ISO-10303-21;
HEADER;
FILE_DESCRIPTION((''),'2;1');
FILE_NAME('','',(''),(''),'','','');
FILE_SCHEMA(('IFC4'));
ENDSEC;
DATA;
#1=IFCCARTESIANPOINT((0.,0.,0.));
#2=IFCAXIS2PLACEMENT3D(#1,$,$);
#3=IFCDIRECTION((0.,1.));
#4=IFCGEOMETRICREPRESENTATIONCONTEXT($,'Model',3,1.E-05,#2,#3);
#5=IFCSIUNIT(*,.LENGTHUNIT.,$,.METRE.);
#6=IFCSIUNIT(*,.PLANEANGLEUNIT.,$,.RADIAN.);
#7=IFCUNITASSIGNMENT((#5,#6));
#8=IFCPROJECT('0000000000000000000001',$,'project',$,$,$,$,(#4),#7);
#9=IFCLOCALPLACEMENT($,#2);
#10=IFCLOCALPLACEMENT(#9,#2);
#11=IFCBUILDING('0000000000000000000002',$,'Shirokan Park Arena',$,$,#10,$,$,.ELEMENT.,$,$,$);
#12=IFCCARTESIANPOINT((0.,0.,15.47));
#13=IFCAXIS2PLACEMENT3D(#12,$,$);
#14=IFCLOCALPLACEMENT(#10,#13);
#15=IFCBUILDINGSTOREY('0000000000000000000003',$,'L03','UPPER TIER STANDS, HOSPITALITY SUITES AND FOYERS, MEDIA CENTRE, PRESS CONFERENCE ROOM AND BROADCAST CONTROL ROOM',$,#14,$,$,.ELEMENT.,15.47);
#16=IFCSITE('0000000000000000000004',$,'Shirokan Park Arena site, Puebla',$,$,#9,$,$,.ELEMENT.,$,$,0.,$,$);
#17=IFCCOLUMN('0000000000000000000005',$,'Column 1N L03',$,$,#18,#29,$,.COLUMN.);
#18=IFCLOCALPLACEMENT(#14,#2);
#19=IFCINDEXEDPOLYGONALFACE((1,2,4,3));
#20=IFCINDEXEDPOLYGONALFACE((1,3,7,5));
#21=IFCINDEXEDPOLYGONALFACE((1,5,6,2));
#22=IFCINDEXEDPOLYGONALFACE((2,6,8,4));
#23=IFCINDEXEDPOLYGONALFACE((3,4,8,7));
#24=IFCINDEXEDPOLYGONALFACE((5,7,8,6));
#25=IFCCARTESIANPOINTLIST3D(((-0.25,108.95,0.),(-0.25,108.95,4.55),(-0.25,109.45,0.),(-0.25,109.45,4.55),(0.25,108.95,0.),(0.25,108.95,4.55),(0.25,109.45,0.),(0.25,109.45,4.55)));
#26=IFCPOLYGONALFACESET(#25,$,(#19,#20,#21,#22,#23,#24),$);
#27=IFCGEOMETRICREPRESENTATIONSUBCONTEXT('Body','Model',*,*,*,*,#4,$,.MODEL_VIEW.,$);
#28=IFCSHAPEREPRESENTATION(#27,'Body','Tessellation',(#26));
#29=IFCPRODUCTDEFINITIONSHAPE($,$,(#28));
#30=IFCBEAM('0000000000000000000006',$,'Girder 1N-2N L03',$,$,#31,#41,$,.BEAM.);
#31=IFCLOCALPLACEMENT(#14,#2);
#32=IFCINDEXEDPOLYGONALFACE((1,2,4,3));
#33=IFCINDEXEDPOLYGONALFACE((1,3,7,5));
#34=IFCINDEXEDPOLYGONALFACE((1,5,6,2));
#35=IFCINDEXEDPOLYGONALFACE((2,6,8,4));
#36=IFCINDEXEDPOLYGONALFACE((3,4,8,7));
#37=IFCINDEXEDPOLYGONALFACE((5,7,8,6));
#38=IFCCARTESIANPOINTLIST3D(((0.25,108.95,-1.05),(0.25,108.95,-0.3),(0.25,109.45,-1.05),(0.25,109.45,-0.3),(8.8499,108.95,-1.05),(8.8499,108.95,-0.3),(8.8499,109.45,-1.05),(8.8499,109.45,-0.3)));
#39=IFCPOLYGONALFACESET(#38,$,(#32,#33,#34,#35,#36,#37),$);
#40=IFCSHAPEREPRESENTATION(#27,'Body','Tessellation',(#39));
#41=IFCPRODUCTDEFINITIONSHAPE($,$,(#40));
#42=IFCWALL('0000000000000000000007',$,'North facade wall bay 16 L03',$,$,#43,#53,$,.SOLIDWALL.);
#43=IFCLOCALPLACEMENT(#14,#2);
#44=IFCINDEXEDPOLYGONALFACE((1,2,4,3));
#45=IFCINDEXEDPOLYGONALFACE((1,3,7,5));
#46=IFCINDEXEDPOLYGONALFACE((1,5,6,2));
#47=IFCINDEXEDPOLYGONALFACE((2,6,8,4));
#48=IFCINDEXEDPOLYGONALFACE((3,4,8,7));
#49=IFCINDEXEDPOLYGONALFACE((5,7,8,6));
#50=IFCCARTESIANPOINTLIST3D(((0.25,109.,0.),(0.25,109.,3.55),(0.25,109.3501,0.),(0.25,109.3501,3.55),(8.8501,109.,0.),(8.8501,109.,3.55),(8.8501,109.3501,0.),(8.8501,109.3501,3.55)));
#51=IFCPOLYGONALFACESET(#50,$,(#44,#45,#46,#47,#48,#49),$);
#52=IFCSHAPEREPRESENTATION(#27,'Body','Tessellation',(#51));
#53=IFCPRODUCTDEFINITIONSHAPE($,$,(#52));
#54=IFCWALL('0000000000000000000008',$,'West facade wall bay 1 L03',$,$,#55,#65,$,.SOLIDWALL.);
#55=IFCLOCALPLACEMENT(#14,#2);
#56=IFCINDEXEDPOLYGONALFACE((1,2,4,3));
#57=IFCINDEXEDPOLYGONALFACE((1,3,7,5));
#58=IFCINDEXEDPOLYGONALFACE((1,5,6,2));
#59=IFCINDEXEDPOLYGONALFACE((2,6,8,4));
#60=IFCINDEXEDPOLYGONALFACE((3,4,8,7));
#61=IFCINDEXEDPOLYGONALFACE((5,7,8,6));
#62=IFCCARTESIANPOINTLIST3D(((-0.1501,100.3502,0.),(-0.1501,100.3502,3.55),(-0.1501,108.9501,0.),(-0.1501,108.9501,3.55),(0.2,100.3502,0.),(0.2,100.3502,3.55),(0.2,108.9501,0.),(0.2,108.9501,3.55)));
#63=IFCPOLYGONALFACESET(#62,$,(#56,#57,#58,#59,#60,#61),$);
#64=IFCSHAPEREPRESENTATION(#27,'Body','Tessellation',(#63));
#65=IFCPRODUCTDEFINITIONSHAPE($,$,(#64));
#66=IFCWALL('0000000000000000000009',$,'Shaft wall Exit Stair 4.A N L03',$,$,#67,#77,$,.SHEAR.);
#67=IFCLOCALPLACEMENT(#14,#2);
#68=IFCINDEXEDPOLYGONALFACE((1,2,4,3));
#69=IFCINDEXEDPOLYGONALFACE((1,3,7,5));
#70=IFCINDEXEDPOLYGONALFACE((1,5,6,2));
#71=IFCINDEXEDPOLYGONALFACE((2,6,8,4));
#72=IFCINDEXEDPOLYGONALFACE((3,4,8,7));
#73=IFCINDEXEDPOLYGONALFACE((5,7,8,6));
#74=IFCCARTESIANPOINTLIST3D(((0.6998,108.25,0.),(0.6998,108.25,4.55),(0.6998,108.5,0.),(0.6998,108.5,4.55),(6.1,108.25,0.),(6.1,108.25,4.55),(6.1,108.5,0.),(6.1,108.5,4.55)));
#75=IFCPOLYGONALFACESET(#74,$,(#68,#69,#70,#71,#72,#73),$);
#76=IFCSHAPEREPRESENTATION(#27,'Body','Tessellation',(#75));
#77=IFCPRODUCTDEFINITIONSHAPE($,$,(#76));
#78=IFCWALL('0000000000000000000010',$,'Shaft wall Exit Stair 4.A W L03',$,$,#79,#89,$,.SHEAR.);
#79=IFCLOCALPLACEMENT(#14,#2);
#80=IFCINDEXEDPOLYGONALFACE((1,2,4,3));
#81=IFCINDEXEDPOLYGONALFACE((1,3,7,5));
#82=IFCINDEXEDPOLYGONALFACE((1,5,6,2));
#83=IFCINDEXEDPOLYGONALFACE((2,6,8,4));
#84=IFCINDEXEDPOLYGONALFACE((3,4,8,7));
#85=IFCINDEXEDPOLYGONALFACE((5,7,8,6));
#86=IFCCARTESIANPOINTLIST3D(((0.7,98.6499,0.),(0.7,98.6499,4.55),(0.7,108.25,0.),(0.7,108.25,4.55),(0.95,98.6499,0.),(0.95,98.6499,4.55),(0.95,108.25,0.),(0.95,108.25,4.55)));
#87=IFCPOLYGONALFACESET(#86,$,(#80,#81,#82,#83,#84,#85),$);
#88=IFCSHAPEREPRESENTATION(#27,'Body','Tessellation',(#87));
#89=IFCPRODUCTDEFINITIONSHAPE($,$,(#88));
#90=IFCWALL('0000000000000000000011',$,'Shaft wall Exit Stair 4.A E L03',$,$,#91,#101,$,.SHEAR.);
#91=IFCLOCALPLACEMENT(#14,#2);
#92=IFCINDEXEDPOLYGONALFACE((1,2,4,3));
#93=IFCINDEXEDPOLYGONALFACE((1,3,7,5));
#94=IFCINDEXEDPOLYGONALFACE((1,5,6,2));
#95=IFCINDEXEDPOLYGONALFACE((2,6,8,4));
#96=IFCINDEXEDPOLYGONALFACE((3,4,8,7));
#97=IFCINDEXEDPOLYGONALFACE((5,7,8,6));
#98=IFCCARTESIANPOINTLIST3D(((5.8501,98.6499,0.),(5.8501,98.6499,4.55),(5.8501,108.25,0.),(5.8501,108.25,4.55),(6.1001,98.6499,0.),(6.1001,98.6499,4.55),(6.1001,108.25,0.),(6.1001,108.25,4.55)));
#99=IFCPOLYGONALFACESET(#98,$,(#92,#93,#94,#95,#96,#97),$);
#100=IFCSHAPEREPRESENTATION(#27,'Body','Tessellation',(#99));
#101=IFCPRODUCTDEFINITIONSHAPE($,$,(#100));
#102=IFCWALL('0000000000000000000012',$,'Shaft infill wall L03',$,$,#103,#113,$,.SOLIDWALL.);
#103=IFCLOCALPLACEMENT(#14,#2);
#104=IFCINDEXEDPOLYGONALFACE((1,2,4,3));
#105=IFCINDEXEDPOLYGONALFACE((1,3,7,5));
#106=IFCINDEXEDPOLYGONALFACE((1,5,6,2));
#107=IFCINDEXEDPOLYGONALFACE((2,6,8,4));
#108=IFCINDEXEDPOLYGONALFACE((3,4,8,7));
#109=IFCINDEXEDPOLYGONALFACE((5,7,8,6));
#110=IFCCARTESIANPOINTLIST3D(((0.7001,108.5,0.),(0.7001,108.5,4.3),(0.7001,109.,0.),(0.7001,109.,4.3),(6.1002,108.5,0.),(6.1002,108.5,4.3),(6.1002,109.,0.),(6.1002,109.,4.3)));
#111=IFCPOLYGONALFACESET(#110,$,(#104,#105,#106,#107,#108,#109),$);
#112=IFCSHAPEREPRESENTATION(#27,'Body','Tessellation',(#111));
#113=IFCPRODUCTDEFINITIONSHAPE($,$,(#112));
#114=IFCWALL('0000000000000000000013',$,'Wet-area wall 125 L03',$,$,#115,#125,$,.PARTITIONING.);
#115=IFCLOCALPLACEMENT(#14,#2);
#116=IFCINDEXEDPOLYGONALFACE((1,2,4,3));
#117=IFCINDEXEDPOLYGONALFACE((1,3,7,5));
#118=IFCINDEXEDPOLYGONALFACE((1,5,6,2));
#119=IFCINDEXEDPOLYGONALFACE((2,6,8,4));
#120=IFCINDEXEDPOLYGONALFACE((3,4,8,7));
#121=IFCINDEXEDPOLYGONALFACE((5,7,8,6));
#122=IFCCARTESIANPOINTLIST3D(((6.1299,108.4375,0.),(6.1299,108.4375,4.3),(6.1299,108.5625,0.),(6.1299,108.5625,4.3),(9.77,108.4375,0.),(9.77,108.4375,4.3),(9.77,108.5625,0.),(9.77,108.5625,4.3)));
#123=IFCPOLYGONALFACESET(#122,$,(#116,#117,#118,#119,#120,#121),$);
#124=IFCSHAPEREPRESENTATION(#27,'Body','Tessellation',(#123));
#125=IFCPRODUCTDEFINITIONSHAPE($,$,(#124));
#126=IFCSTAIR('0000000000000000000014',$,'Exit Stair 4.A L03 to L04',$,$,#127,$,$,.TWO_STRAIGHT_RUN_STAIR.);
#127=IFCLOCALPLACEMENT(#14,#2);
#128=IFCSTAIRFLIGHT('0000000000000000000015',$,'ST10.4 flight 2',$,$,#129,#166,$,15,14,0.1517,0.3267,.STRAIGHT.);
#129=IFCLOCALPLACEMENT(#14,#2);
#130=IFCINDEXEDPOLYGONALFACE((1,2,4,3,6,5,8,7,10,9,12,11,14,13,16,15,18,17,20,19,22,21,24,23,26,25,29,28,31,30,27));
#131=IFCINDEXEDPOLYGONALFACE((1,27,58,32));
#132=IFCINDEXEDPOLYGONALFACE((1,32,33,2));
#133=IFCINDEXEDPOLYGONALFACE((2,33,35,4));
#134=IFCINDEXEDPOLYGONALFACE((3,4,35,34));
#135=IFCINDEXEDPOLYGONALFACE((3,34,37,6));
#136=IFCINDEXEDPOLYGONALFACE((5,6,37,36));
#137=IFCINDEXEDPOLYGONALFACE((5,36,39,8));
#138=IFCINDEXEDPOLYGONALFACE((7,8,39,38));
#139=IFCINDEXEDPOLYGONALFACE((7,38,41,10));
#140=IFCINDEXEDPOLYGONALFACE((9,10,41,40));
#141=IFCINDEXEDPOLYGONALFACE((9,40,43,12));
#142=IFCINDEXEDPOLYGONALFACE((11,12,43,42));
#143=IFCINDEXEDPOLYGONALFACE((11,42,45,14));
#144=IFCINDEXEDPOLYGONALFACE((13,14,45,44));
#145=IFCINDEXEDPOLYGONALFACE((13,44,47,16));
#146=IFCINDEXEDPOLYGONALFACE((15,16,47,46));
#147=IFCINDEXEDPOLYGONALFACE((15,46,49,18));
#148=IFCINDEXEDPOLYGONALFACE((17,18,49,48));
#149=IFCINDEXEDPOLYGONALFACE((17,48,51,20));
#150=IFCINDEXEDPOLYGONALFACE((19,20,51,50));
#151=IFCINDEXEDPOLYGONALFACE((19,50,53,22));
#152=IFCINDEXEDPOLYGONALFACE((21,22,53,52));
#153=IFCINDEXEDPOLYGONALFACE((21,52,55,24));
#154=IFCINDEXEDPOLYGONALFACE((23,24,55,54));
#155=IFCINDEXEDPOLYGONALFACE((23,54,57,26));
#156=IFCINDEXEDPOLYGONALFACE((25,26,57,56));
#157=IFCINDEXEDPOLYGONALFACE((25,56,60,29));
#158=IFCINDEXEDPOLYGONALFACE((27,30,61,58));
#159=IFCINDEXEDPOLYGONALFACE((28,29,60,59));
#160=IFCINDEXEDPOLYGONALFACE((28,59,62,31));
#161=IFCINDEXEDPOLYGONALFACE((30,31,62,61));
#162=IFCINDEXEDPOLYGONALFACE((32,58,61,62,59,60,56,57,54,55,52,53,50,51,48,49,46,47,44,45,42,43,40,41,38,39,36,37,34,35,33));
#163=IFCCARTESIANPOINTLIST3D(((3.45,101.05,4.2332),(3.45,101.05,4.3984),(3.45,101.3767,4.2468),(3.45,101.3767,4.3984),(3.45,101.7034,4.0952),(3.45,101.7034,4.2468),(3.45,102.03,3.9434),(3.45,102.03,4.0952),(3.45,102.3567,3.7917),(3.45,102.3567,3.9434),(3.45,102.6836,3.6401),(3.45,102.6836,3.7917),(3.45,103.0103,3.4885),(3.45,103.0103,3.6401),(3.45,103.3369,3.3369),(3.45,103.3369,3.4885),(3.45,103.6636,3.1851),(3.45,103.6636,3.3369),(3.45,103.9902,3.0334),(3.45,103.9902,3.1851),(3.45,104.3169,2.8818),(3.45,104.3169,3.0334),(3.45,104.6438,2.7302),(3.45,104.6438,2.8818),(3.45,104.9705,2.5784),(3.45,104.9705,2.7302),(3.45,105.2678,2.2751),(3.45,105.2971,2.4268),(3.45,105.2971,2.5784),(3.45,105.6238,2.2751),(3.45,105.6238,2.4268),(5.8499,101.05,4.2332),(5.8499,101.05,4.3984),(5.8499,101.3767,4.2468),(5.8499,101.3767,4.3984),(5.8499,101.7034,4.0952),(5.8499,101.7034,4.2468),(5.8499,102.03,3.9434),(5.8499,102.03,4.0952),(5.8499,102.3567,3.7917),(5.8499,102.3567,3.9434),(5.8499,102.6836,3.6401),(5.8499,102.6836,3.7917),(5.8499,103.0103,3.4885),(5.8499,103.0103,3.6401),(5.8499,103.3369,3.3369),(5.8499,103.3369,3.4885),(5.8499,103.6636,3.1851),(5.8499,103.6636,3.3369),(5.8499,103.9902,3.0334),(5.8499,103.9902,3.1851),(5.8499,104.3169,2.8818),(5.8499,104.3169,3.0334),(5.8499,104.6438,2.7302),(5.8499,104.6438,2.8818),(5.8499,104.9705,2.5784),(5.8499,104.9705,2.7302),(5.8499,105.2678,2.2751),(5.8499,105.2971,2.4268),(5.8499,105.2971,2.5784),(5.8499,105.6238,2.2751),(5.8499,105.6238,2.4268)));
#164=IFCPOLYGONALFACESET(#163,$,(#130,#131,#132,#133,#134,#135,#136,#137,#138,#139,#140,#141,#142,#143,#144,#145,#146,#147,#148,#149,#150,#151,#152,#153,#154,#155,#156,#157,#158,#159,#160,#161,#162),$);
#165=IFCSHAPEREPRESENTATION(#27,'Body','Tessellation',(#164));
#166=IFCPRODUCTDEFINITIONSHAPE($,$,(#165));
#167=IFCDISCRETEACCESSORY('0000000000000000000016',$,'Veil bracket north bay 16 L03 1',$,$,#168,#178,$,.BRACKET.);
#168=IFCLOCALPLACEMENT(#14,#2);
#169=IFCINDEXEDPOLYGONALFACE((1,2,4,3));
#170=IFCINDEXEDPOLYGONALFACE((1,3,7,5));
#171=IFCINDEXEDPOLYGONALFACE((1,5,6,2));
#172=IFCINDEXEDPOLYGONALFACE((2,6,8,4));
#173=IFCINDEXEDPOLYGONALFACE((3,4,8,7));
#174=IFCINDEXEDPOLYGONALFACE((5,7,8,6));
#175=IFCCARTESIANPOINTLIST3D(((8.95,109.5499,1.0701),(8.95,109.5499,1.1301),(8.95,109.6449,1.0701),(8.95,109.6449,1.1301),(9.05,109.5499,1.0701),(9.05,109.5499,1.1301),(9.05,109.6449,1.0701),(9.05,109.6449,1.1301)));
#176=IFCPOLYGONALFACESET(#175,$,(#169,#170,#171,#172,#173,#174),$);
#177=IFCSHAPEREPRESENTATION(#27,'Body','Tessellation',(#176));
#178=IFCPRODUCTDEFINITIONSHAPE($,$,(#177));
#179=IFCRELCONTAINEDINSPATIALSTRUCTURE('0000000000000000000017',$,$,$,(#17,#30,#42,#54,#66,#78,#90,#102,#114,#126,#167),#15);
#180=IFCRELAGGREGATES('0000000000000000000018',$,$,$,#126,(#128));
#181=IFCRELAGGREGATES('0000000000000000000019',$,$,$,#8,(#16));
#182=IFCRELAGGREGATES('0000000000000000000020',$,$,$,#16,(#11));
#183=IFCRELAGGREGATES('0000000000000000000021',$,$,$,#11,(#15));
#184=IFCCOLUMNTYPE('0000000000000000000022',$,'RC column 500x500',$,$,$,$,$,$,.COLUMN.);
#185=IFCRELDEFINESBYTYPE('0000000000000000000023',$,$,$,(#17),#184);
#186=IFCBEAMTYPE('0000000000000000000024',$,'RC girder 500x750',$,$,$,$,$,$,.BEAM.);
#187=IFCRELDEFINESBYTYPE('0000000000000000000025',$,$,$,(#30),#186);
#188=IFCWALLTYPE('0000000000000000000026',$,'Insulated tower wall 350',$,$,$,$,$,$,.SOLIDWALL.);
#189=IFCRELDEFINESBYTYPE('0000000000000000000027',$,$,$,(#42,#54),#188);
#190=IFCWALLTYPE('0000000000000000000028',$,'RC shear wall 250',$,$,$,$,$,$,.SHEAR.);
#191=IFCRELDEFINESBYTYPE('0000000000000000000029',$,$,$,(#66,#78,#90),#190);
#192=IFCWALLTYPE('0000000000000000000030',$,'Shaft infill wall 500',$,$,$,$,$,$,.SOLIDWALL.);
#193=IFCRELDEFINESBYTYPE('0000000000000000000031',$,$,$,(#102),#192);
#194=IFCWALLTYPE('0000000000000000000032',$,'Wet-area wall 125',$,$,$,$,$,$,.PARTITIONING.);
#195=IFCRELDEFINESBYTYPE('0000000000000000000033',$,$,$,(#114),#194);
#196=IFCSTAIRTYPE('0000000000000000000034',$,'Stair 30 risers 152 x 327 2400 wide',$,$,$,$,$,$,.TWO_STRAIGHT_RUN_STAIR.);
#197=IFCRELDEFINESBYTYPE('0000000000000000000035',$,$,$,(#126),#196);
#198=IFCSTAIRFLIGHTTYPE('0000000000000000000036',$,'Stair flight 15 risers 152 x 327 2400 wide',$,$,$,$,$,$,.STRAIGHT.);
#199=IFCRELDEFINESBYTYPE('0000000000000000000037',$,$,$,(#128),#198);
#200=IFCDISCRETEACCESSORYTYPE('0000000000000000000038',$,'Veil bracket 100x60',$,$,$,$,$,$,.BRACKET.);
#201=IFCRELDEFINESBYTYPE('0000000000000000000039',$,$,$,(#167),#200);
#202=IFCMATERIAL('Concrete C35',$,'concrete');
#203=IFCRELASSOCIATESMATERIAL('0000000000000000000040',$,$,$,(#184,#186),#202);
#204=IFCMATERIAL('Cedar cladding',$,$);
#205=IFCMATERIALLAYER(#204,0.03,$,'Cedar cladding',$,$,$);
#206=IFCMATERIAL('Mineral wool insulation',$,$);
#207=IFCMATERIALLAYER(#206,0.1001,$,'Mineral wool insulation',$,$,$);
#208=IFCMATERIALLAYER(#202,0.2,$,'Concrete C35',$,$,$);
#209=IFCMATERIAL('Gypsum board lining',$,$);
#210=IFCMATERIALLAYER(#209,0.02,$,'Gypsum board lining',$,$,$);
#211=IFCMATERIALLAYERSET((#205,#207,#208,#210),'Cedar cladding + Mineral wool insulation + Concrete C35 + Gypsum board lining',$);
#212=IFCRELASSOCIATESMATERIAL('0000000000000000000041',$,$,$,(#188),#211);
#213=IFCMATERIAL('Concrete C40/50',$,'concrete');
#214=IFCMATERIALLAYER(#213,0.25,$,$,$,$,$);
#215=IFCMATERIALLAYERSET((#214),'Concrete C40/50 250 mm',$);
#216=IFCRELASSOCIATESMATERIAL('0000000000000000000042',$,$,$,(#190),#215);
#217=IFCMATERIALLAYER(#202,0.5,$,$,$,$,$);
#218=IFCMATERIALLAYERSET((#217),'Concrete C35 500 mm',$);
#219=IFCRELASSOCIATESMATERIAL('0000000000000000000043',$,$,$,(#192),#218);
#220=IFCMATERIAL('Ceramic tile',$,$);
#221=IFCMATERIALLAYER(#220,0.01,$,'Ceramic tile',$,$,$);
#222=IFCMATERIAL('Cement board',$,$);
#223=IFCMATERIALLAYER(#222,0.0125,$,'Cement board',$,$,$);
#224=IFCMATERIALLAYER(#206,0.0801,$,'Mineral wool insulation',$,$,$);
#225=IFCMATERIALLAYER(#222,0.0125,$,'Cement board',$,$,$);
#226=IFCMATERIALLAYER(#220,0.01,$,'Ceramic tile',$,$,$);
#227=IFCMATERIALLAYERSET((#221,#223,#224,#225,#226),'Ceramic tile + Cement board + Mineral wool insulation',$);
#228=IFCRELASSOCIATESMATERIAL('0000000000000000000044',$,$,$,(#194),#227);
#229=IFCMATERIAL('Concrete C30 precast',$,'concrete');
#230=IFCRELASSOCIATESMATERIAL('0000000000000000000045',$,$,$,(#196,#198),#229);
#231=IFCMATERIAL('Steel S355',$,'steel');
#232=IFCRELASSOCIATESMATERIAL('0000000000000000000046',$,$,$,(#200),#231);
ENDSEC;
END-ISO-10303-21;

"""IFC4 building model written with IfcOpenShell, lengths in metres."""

from ifc_helpers import new_model, si_unit, direction, frame, frame_2d, origin, origin_2d, place, context, subcontext, project, spatial, polyline, rectangle, outline, extrude, material, layer, layer_set, material_profile, profile_set, type_object, element, aggregate, save


model = new_model("IFC4")

# Units and contexts
model_context = context("Model", 3, precision=1e-05, world=origin(), true_north=direction((0.0, 1.0)))
body_context = subcontext(model_context, "Body", "Model", "MODEL_VIEW")
ifc_project = project(units=[si_unit("LENGTHUNIT", "METRE"), si_unit("PLANEANGLEUNIT", "RADIAN")], contexts=[model_context])

# Site, building, storey
site_placement = place(None, origin())
site = spatial("IfcSite", under=ifc_project, at=site_placement, Name="Shirokan Park Arena site, Puebla", CompositionType="ELEMENT", RefElevation=0.0)
building_placement = place(site_placement, origin())
building = spatial("IfcBuilding", under=site, at=building_placement, Name="Shirokan Park Arena", CompositionType="ELEMENT")
storey_placement = place(building_placement, frame((0.0, 0.0, 15.47)))
storey = spatial("IfcBuildingStorey", under=building, at=storey_placement, Name="L03", Description="UPPER TIER STANDS, HOSPITALITY SUITES AND FOYERS, MEDIA CENTRE, PRESS CONFERENCE ROOM AND BROADCAST CONTROL ROOM", CompositionType="ELEMENT", Elevation=15.47)

# Column
ifc_material_1 = material(Name="Concrete C35", Category="concrete")
ifc_material_profile_1 = material_profile(ifc_material_1, rectangle(XDim=0.5, YDim=0.5, at=origin_2d()), Name="500x500")
ifc_profile_set_1 = profile_set([ifc_material_profile_1], Name="Concrete C35")
column_type = type_object("IfcColumnType", Name="RC column 500x500", PredefinedType="COLUMN", material=ifc_profile_set_1)
column_placement = place(storey_placement, frame((0.0, 109.2, 0.0), z_axis=(0.0, 0.0, 1.0), x_axis=(1.0, 0.0, 0.0)))
element("IfcColumn", 1, at=column_placement, inside=storey, type_object=column_type, Name="Column 1N L03", PredefinedType="COLUMN", context=body_context, shape_type="SweptSolid", body=[
    extrude(rectangle(XDim=0.5, YDim=0.5, at=origin_2d()), origin(), (0.0, 0.0, 1.0), 4.55),
])

# Beam
ifc_material_profile_2 = material_profile(ifc_material_1, rectangle(XDim=0.5, YDim=0.75, at=origin_2d()), Name="500x750")
ifc_profile_set_2 = profile_set([ifc_material_profile_2], Name="Concrete C35")
beam_type = type_object("IfcBeamType", Name="RC girder 500x750", PredefinedType="BEAM", material=ifc_profile_set_2)
beam_placement = place(storey_placement, frame((0.25, 109.2, -0.675), z_axis=(1.0, 0.0, 0.0), x_axis=(0.0, 1.0, 0.0)))
element("IfcBeam", 2, at=beam_placement, inside=storey, type_object=beam_type, Name="Girder 1N-2N L03", PredefinedType="BEAM", context=body_context, shape_type="SweptSolid", body=[
    extrude(rectangle(XDim=0.5, YDim=0.75, at=origin_2d()), origin(), (0.0, 0.0, 1.0), 8.5999),
])

# Walls
ifc_material_2 = material(Name="Cedar cladding")
ifc_layer_1 = layer(ifc_material_2, 0.03, Name="Cedar cladding")
ifc_material_3 = material(Name="Mineral wool insulation")
ifc_layer_2 = layer(ifc_material_3, 0.1001, Name="Mineral wool insulation")
ifc_layer_3 = layer(ifc_material_1, 0.2, Name="Concrete C35")
ifc_material_4 = material(Name="Gypsum board lining")
ifc_layer_4 = layer(ifc_material_4, 0.02, Name="Gypsum board lining")
ifc_layer_set_1 = layer_set([ifc_layer_1, ifc_layer_2, ifc_layer_3, ifc_layer_4], Name="Cedar cladding + Mineral wool insulation + Concrete C35 + Gypsum board lining")
wall_type_1 = type_object("IfcWallType", Name="Insulated tower wall 350", PredefinedType="SOLIDWALL", material=ifc_layer_set_1)
wall_1_placement = place(storey_placement, frame((8.8501, 109.175, 0.0), z_axis=(0.0, 0.0, 1.0), x_axis=(-1.0, 0.0, 0.0)))
element("IfcWall", 3, at=wall_1_placement, inside=storey, type_object=wall_type_1, Name="North facade wall bay 16 L03", PredefinedType="SOLIDWALL", context=body_context, shape_type="SweptSolid", body=[
    extrude(rectangle(XDim=8.6001, YDim=0.3501, at=frame_2d((4.3, 0.0))), origin(), (0.0, 0.0, 1.0), 3.55),
])
wall_2_placement = place(storey_placement, frame((0.0249, 108.95, 0.0), z_axis=(0.0, 0.0, 1.0), x_axis=(0.0, -1.0, 0.0)))
element("IfcWall", 4, at=wall_2_placement, inside=storey, type_object=wall_type_1, Name="West facade wall bay 1 L03", PredefinedType="SOLIDWALL", context=body_context, shape_type="SweptSolid", body=[
    extrude(rectangle(XDim=8.5999, YDim=0.3501, at=frame_2d((4.2998, 0.0))), origin(), (0.0, 0.0, 1.0), 3.55),
])
ifc_material_5 = material(Name="Concrete C40/50", Category="concrete")
ifc_layer_5 = layer(ifc_material_5, 0.25)
ifc_layer_set_2 = layer_set([ifc_layer_5], Name="Concrete C40/50 250 mm")
wall_type_2 = type_object("IfcWallType", Name="RC shear wall 250", PredefinedType="SHEAR", material=ifc_layer_set_2)
wall_3_placement = place(storey_placement, frame((6.1001, 108.375, 0.0), z_axis=(0.0, 0.0, 1.0), x_axis=(-1.0, 0.0, 0.0)))
element("IfcWall", 5, at=wall_3_placement, inside=storey, type_object=wall_type_2, Name="Shaft wall Exit Stair 4.A N L03", PredefinedType="SHEAR", context=body_context, shape_type="SweptSolid", body=[
    extrude(rectangle(XDim=5.4001, YDim=0.25, at=frame_2d((2.7002, 0.0))), origin(), (0.0, 0.0, 1.0), 4.55),
])
for number, where, z_axis, x_axis, name in (
    (6, (0.825, 108.25, 0.0), (0.0, 0.0, 1.0), (0.0, -1.0, 0.0), "Shaft wall Exit Stair 4.A W L03"),
    (7, (5.9751, 108.25, 0.0), (0.0, 0.0, 1.0), (0.0, -1.0, 0.0), "Shaft wall Exit Stair 4.A E L03"),
):
    element("IfcWall", number, at=place(storey_placement, frame(where, z_axis=z_axis, x_axis=x_axis)), inside=storey, type_object=wall_type_2, Name=name, PredefinedType="SHEAR", context=body_context, shape_type="SweptSolid", body=[
        extrude(rectangle(XDim=9.6001, YDim=0.25, at=frame_2d((4.8, 0.0))), origin(), (0.0, 0.0, 1.0), 4.55),
    ])
ifc_layer_6 = layer(ifc_material_1, 0.5)
ifc_layer_set_3 = layer_set([ifc_layer_6], Name="Concrete C35 500 mm")
wall_type_3 = type_object("IfcWallType", Name="Shaft infill wall 500", PredefinedType="SOLIDWALL", material=ifc_layer_set_3)
wall_4_placement = place(storey_placement, frame((0.7, 108.75, 0.0), z_axis=(0.0, 0.0, 1.0), x_axis=(1.0, 0.0, 0.0)))
element("IfcWall", 8, at=wall_4_placement, inside=storey, type_object=wall_type_3, Name="Shaft infill wall L03", PredefinedType="SOLIDWALL", context=body_context, shape_type="SweptSolid", body=[
    extrude(rectangle(XDim=5.4001, YDim=0.5, at=frame_2d((2.7002, 0.0))), origin(), (0.0, 0.0, 1.0), 4.3),
])
ifc_material_6 = material(Name="Ceramic tile")
ifc_layer_7 = layer(ifc_material_6, 0.01, Name="Ceramic tile")
ifc_material_7 = material(Name="Cement board")
ifc_layer_8 = layer(ifc_material_7, 0.0125, Name="Cement board")
ifc_layer_9 = layer(ifc_material_3, 0.0801, Name="Mineral wool insulation")
ifc_layer_10 = layer(ifc_material_7, 0.0125, Name="Cement board")
ifc_layer_11 = layer(ifc_material_6, 0.01, Name="Ceramic tile")
ifc_layer_set_4 = layer_set([ifc_layer_7, ifc_layer_8, ifc_layer_9, ifc_layer_10, ifc_layer_11], Name="Ceramic tile + Cement board + Mineral wool insulation")
wall_type_4 = type_object("IfcWallType", Name="Wet-area wall 125", PredefinedType="PARTITIONING", material=ifc_layer_set_4)
wall_5_placement = place(storey_placement, frame((6.1299, 108.5, 0.0), z_axis=(0.0, 0.0, 1.0), x_axis=(1.0, 0.0, 0.0)))
element("IfcWall", 9, at=wall_5_placement, inside=storey, type_object=wall_type_4, Name="Wet-area wall 125 L03", PredefinedType="PARTITIONING", context=body_context, shape_type="SweptSolid", body=[
    extrude(rectangle(XDim=3.6401, YDim=0.125, at=frame_2d((1.8201, 0.0))), origin(), (0.0, 0.0, 1.0), 4.3),
])

# Stair, stair flight
ifc_material_8 = material(Name="Concrete C30 precast", Category="concrete")
stair_type = type_object("IfcStairType", Name="Stair 30 risers 152 x 327 2400 wide", PredefinedType="TWO_STRAIGHT_RUN_STAIR", material=ifc_material_8)
stair_placement = place(storey_placement, origin())
stair = element("IfcStair", 10, at=stair_placement, inside=storey, type_object=stair_type, Name="Exit Stair 4.A L03 to L04", PredefinedType="TWO_STRAIGHT_RUN_STAIR")
stair_flight_type = type_object("IfcStairFlightType", Name="Stair flight 15 risers 152 x 327 2400 wide", PredefinedType="STRAIGHT", material=ifc_material_8)
stair_flight_placement = place(storey_placement, frame((4.6499, 105.6238, 2.2751), z_axis=(0.0, 0.0, 1.0), x_axis=(0.0, -1.0, 0.0)))
stair_flight = element("IfcStairFlight", 11, at=stair_flight_placement, type_object=stair_flight_type, Name="ST10.4 flight 2", NumberOfRisers=15, NumberOfTreads=14, PredefinedType="STRAIGHT", RiserHeight=0.1517, TreadLength=0.3267, context=body_context, shape_type="SweptSolid", body=[
    extrude(outline(polyline([(0.0, 0.0), (0.0, 0.1516), (0.3267, 0.1516), (0.3267, 0.3032), (0.6533, 0.3032), (0.6533, 0.4551), (0.98, 0.4551), (0.98, 0.6067), (1.3069, 0.6067), (1.3069, 0.7583), (1.6335, 0.7583), (1.6335, 0.9099), (1.9602, 0.9099), (1.9602, 1.0618), (2.2869, 1.0618), (2.2869, 1.2134), (2.6135, 1.2134), (2.6135, 1.365), (2.9402, 1.365), (2.9402, 1.5166), (3.2671, 1.5166), (3.2671, 1.6682), (3.5938, 1.6682), (3.5938, 1.8201), (3.9204, 1.8201), (3.9204, 1.9717), (4.2471, 1.9717), (4.2471, 2.1233), (4.5737, 2.1233), (4.5737, 2.2749), (4.5737, 1.958), (0.356, 0.0), (0.0, 0.0)])), frame((0.0, 1.2, 0.0), z_axis=(0.0, -1.0, 0.0), x_axis=(1.0, 0.0, 0.0)), (0.0, 0.0, 1.0), 2.3999),
])
aggregate(stair, [stair_flight])

# Discrete accessory
ifc_material_9 = material(Name="Steel S355", Category="steel")
discrete_accessory_type = type_object("IfcDiscreteAccessoryType", Name="Veil bracket 100x60", PredefinedType="BRACKET", material=ifc_material_9)
for number, where, z_axis, x_axis, name in (
    (12, (9.0, 109.5974, 1.0701), (0.0, 0.0, 1.0), (-1.0, 0.0, 0.0), "Veil bracket north bay 16 L03 1"),
):
    element("IfcDiscreteAccessory", number, at=place(storey_placement, frame(where, z_axis=z_axis, x_axis=x_axis)), inside=storey, type_object=discrete_accessory_type, Name=name, PredefinedType="BRACKET", context=body_context, shape_type="SweptSolid", body=[
        extrude(rectangle(XDim=0.1001, YDim=0.095, at=origin_2d()), origin(), (0.0, 0.0, 1.0), 0.0601),
    ])

save(model, "model.ifc")
